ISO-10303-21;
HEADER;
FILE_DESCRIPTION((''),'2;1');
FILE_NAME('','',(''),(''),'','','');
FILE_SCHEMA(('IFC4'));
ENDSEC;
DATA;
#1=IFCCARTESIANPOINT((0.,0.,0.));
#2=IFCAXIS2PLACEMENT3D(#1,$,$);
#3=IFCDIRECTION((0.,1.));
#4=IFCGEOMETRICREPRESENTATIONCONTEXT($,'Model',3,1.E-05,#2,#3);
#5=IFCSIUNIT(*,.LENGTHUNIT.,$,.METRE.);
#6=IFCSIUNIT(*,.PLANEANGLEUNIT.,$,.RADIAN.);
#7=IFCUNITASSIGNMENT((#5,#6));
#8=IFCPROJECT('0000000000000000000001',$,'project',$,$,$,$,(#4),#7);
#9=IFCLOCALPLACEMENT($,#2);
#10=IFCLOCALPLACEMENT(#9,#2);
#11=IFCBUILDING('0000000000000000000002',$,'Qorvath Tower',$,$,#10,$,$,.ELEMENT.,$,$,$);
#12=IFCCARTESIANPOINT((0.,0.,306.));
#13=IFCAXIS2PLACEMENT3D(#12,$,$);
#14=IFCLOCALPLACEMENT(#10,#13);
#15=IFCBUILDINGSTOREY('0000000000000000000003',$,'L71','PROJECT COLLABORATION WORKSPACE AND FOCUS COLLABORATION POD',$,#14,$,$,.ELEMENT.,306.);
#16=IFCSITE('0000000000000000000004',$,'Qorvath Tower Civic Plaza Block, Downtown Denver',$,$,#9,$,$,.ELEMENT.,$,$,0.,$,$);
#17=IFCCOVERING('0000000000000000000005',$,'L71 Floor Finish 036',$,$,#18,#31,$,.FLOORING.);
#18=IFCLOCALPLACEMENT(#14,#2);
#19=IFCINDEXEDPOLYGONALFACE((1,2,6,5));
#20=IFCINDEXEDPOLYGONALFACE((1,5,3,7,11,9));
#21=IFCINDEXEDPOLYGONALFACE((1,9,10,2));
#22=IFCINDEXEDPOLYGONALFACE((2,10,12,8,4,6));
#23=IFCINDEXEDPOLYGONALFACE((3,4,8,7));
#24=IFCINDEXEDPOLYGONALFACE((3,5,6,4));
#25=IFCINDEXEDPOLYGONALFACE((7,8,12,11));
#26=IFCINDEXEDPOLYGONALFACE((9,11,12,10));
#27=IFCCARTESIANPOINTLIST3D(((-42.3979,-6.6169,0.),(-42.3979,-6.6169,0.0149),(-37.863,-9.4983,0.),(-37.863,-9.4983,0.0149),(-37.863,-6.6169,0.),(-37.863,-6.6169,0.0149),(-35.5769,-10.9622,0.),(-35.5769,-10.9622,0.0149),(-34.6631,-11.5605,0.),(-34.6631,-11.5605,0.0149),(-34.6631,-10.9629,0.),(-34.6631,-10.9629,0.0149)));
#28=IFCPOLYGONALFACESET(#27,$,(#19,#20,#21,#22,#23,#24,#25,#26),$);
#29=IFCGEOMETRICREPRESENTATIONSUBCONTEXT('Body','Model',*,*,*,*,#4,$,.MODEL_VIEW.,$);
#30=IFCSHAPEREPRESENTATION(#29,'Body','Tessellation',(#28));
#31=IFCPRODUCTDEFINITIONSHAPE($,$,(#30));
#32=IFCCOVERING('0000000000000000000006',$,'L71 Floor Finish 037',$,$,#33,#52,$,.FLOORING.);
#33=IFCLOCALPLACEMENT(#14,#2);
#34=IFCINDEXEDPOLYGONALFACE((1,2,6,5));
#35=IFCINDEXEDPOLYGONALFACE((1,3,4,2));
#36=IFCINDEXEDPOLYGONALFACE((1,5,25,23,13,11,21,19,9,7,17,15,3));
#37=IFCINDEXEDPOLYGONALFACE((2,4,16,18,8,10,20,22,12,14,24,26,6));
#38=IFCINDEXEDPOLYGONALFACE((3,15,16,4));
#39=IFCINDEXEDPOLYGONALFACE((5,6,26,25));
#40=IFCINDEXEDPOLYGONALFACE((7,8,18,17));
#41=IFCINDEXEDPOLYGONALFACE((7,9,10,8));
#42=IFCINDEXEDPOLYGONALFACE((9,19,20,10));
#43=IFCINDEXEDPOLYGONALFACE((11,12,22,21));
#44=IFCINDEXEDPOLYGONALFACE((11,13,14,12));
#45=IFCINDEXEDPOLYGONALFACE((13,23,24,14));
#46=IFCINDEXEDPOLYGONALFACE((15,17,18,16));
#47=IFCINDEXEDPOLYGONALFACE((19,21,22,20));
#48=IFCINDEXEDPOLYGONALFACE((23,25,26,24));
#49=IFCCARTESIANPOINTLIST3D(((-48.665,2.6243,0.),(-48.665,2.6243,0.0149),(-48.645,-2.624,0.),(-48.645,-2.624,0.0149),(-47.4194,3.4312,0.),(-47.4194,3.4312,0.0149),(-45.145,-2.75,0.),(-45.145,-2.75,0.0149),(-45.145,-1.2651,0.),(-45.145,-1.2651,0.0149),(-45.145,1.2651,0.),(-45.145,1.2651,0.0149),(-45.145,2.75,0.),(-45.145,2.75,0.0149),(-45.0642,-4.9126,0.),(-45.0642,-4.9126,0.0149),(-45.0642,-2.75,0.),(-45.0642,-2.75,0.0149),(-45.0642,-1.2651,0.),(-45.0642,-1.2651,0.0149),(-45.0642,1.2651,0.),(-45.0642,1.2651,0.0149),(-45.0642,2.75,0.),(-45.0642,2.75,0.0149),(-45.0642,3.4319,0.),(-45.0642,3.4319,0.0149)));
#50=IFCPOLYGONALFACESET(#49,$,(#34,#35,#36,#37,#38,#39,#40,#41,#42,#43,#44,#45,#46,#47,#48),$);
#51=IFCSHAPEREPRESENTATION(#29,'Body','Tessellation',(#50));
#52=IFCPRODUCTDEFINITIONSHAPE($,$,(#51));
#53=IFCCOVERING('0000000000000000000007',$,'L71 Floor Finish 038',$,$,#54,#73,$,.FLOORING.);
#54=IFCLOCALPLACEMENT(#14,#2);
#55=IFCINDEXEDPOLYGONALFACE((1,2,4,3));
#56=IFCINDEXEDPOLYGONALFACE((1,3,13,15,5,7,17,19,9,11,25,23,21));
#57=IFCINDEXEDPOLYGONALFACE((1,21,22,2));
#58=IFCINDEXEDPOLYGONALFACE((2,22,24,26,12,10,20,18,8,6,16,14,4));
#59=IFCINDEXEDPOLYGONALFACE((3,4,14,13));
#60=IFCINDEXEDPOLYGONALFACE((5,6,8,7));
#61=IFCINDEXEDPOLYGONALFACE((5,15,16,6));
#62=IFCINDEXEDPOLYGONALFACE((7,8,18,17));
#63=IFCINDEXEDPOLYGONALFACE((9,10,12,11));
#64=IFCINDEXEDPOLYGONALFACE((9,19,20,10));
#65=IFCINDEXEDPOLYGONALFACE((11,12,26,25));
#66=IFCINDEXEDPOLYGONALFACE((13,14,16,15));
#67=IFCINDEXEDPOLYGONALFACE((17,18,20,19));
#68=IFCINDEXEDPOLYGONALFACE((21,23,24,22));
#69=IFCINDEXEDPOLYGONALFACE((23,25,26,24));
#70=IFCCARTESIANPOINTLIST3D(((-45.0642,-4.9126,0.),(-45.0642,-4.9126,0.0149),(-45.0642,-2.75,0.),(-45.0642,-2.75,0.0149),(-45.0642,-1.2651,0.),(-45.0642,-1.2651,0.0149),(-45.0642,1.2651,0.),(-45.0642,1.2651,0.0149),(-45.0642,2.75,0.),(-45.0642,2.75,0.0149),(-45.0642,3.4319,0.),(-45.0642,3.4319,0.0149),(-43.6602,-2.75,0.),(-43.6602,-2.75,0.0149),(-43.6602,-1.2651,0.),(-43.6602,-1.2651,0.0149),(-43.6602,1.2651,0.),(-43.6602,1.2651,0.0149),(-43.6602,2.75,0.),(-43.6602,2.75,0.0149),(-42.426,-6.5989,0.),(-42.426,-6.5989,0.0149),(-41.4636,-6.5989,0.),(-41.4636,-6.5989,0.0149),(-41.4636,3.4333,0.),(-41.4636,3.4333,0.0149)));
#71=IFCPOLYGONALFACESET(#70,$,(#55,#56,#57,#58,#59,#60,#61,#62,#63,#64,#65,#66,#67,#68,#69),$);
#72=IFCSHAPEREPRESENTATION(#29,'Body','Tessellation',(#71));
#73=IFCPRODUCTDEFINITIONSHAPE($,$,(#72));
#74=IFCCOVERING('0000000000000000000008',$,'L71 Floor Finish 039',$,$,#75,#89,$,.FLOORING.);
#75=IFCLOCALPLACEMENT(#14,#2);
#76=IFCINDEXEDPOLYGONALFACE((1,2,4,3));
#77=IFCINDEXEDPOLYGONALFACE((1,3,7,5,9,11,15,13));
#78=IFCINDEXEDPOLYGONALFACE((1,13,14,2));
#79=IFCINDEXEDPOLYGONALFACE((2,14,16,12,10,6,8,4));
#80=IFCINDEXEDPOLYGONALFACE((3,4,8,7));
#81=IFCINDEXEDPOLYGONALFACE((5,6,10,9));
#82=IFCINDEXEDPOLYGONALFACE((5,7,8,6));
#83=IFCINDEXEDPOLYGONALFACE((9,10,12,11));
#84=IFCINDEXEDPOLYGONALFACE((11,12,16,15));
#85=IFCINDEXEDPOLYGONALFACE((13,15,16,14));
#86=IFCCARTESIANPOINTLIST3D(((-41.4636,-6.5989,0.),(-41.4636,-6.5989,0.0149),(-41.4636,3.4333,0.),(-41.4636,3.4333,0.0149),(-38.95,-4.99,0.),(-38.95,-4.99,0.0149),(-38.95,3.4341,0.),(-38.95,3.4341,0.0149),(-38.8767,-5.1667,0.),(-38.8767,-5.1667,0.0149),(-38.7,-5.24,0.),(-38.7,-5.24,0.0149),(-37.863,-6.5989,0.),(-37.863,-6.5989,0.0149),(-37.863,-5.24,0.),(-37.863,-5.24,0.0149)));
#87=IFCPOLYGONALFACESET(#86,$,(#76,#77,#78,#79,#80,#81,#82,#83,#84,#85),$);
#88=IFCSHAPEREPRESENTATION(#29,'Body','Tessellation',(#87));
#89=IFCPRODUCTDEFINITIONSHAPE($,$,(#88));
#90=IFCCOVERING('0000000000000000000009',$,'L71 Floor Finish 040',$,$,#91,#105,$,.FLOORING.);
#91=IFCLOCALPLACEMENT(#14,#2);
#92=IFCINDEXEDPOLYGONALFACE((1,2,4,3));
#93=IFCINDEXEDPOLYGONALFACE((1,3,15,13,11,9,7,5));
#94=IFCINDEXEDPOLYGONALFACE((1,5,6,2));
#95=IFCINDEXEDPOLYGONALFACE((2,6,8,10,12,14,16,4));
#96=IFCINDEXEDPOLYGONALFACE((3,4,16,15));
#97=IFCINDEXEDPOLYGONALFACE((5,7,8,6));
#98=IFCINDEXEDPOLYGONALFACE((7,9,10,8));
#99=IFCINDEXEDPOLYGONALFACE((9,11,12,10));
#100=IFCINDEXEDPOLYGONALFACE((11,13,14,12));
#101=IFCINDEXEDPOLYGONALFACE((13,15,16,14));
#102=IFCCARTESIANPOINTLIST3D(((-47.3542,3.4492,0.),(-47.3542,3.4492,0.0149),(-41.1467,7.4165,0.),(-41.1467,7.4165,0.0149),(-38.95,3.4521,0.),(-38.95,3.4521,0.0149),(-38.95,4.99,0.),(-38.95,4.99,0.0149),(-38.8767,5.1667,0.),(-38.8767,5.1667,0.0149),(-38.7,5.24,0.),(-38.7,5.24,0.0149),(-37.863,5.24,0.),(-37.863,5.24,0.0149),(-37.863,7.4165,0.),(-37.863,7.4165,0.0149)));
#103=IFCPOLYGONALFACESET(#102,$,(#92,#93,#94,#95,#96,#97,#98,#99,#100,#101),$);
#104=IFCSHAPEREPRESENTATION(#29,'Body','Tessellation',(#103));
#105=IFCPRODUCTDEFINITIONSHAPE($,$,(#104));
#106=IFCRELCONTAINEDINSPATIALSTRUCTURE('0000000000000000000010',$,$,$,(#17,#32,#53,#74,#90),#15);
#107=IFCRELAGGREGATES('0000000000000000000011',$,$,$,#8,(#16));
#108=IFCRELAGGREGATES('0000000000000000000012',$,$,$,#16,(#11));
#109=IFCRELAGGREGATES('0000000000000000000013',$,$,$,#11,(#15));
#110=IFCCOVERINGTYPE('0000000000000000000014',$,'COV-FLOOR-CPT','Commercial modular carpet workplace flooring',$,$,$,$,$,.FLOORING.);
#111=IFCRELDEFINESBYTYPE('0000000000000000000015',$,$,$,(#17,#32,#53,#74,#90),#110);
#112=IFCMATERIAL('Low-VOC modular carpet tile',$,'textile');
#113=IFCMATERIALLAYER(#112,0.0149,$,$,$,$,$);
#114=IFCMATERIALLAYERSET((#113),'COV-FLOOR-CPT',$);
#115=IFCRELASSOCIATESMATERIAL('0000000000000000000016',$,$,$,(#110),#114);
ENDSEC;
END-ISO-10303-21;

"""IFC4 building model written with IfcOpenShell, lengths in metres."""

from ifc_helpers import new_model, si_unit, direction, frame, origin, place, context, subcontext, project, spatial, polyline, outline, extrude, material, layer, layer_set, type_object, element, save


model = new_model("IFC4")

# Units and contexts
model_context = context("Model", 3, precision=1e-05, world=origin(), true_north=direction((0.0, 1.0)))
body_context = subcontext(model_context, "Body", "Model", "MODEL_VIEW")
ifc_project = project(units=[si_unit("LENGTHUNIT", "METRE"), si_unit("PLANEANGLEUNIT", "RADIAN")], contexts=[model_context])

# Site, building, storey
site_placement = place(None, origin())
site = spatial("IfcSite", under=ifc_project, at=site_placement, Name="Qorvath Tower Civic Plaza Block, Downtown Denver", CompositionType="ELEMENT", RefElevation=0.0)
building_placement = place(site_placement, origin())
building = spatial("IfcBuilding", under=site, at=building_placement, Name="Qorvath Tower", CompositionType="ELEMENT")
storey_placement = place(building_placement, frame((0.0, 0.0, 306.0)))
storey = spatial("IfcBuildingStorey", under=building, at=storey_placement, Name="L71", Description="PROJECT COLLABORATION WORKSPACE AND FOCUS COLLABORATION POD", CompositionType="ELEMENT", Elevation=306.0)

# Coverings
ifc_material_1 = material(Name="Low-VOC modular carpet tile", Category="textile")
ifc_layer_1 = layer(ifc_material_1, 0.0149)
ifc_layer_set_1 = layer_set([ifc_layer_1], Name="COV-FLOOR-CPT")
covering_type_1 = type_object("IfcCoveringType", Name="COV-FLOOR-CPT", Description="Commercial modular carpet workplace flooring", PredefinedType="FLOORING", material=ifc_layer_set_1)
covering_1_placement = place(storey_placement, origin())
element("IfcCovering", 1, at=covering_1_placement, inside=storey, type_object=covering_type_1, Name="L71 Floor Finish 036", PredefinedType="FLOORING", context=body_context, shape_type="SweptSolid", body=[
    extrude(outline(polyline([(-37.863, -6.6169), (-42.3979, -6.6169), (-34.6631, -11.5605), (-34.6631, -10.9629), (-35.5769, -10.9622), (-37.863, -9.4983), (-37.863, -6.6169)])), origin(), (0.0, 0.0, 1.0), 0.0149),
])
covering_2_placement = place(storey_placement, origin())
element("IfcCovering", 2, at=covering_2_placement, inside=storey, type_object=covering_type_1, Name="L71 Floor Finish 037", PredefinedType="FLOORING", context=body_context, shape_type="SweptSolid", body=[
    extrude(outline(polyline([(-47.4194, 3.4312), (-48.665, 2.6243), (-48.645, -2.624), (-45.0642, -4.9126), (-45.0642, -2.75), (-45.145, -2.75), (-45.145, -1.2651), (-45.0642, -1.2651), (-45.0642, 1.2651), (-45.145, 1.2651), (-45.145, 2.75), (-45.0642, 2.75), (-45.0642, 3.4319), (-47.4194, 3.4312)])), origin(), (0.0, 0.0, 1.0), 0.0149),
])
covering_3_placement = place(storey_placement, origin())
element("IfcCovering", 3, at=covering_3_placement, inside=storey, type_object=covering_type_1, Name="L71 Floor Finish 038", PredefinedType="FLOORING", context=body_context, shape_type="SweptSolid", body=[
    extrude(outline(polyline([(-45.0642, 3.4319), (-45.0642, 2.75), (-43.6602, 2.75), (-43.6602, 1.2651), (-45.0642, 1.2651), (-45.0642, -1.2651), (-43.6602, -1.2651), (-43.6602, -2.75), (-45.0642, -2.75), (-45.0642, -4.9126), (-42.426, -6.5989), (-41.4636, -6.5989), (-41.4636, 3.4333), (-45.0642, 3.4319)])), origin(), (0.0, 0.0, 1.0), 0.0149),
])
covering_4_placement = place(storey_placement, origin())
element("IfcCovering", 4, at=covering_4_placement, inside=storey, type_object=covering_type_1, Name="L71 Floor Finish 039", PredefinedType="FLOORING", context=body_context, shape_type="SweptSolid", body=[
    extrude(outline(polyline([(-41.4636, 3.4333), (-41.4636, -6.5989), (-37.863, -6.5989), (-37.863, -5.24), (-38.7, -5.24), (-38.8767, -5.1667), (-38.95, -4.99), (-38.95, 3.4341), (-41.4636, 3.4333)])), origin(), (0.0, 0.0, 1.0), 0.0149),
])
covering_5_placement = place(storey_placement, origin())
element("IfcCovering", 5, at=covering_5_placement, inside=storey, type_object=covering_type_1, Name="L71 Floor Finish 040", PredefinedType="FLOORING", context=body_context, shape_type="SweptSolid", body=[
    extrude(outline(polyline([(-38.95, 3.4521), (-38.95, 4.99), (-38.8767, 5.1667), (-38.7, 5.24), (-37.863, 5.24), (-37.863, 7.4165), (-41.1467, 7.4165), (-47.3542, 3.4492), (-38.95, 3.4521)])), origin(), (0.0, 0.0, 1.0), 0.0149),
])

save(model, "model.ifc")
